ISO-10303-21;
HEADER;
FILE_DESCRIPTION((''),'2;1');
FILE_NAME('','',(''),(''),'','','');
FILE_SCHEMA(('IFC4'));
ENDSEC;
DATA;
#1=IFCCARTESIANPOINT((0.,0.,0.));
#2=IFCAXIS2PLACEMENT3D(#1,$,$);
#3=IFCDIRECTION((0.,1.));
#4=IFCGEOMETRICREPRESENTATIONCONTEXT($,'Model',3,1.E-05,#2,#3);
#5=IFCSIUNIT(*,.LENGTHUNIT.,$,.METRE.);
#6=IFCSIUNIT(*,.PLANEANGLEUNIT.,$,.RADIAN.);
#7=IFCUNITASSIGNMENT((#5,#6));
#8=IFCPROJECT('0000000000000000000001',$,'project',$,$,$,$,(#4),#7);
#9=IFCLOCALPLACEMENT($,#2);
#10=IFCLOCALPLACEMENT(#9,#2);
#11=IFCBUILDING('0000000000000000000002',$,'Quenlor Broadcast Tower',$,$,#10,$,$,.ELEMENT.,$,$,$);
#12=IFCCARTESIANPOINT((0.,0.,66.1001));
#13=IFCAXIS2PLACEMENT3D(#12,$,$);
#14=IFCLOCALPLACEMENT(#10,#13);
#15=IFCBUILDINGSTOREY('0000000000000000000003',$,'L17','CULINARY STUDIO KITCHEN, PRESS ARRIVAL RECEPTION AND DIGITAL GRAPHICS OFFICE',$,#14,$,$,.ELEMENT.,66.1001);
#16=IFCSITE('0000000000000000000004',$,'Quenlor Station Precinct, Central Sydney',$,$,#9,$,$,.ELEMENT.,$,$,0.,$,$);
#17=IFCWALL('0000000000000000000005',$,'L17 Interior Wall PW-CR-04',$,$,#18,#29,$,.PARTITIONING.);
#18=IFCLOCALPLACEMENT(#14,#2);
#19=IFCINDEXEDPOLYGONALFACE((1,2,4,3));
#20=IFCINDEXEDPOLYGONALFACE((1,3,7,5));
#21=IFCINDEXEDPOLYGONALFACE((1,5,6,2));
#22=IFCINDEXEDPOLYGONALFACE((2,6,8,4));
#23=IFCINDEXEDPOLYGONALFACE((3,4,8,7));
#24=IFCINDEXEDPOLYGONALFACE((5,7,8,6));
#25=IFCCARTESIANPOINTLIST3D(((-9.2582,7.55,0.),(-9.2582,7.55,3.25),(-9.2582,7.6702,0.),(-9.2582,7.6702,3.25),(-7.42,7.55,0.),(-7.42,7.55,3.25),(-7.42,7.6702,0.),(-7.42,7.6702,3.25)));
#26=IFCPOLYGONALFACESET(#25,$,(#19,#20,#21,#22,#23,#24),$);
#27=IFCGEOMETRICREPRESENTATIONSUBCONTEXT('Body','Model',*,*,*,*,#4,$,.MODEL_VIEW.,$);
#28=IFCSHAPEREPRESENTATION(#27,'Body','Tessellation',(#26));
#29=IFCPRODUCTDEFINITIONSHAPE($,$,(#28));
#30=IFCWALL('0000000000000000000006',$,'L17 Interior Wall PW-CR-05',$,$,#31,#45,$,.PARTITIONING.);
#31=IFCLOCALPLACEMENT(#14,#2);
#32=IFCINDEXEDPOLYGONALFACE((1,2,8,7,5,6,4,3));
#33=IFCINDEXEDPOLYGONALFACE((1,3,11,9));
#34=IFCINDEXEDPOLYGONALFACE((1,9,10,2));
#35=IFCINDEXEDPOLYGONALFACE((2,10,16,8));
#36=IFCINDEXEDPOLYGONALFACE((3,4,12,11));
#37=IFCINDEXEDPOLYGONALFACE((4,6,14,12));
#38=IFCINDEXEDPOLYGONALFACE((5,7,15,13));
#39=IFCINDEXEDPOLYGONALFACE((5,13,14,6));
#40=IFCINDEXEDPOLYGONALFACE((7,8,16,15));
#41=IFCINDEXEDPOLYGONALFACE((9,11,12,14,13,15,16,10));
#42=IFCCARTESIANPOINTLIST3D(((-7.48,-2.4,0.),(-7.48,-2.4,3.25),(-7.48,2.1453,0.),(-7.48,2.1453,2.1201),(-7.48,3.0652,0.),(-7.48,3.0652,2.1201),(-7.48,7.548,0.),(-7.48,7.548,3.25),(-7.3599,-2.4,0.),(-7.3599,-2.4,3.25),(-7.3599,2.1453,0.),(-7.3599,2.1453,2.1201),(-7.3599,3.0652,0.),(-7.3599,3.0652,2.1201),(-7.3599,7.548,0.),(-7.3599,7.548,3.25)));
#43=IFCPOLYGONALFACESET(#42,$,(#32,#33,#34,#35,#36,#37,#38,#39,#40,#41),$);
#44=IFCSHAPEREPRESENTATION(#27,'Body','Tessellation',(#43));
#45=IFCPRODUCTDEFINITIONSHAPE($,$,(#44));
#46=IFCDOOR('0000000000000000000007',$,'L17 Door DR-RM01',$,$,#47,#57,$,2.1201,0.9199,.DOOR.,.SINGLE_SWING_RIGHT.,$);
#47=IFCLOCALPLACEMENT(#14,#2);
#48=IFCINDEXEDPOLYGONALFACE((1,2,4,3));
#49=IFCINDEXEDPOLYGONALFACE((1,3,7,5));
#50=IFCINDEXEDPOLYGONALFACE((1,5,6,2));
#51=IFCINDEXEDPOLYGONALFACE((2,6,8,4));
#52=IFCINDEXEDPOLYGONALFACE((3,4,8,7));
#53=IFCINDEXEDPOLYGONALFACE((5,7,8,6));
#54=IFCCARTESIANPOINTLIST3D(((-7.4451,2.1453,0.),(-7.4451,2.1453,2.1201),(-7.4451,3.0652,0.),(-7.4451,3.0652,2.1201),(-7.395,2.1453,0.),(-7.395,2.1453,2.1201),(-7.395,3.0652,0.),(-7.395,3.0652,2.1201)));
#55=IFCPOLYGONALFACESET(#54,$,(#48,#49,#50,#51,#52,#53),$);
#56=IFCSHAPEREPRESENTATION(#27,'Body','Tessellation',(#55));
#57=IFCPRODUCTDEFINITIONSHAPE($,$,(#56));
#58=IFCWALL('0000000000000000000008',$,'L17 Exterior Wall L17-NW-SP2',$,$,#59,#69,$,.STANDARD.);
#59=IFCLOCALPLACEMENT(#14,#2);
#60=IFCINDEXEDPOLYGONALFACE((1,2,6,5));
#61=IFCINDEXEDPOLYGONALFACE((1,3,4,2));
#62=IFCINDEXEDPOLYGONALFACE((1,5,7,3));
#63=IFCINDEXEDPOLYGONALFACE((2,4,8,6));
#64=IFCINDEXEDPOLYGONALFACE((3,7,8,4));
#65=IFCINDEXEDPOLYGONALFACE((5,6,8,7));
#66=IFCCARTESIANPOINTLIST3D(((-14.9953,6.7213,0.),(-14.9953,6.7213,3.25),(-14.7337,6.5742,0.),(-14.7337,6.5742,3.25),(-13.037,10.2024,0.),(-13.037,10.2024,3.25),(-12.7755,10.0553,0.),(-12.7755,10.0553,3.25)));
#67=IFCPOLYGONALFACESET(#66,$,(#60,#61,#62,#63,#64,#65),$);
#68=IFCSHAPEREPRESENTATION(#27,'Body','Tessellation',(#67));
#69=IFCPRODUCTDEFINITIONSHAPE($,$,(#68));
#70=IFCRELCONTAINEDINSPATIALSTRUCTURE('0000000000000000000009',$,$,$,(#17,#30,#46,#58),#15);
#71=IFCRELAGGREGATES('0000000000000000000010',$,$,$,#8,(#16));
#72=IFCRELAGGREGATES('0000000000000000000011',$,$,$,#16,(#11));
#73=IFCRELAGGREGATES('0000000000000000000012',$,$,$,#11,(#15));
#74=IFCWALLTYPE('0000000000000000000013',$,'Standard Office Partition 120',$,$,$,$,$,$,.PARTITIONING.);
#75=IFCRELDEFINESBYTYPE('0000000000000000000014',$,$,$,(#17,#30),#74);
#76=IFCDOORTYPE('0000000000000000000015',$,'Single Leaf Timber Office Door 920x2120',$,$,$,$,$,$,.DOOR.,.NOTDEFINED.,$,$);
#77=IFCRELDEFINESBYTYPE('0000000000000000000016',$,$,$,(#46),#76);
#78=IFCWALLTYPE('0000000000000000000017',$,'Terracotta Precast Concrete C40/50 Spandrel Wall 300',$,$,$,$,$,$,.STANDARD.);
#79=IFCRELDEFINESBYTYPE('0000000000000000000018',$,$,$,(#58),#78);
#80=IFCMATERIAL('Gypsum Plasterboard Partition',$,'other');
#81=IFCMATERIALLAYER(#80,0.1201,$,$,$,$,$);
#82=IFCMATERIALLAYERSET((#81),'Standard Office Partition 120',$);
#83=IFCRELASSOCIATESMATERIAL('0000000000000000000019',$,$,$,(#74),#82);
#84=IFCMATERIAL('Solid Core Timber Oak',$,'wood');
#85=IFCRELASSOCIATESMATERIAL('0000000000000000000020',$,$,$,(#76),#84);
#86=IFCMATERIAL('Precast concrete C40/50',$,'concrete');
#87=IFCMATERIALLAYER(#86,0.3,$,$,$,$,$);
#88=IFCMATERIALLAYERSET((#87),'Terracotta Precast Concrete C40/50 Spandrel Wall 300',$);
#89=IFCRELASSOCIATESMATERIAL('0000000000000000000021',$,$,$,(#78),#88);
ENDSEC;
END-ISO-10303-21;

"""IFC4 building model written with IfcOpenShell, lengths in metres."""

from ifc_helpers import new_model, si_unit, direction, frame, frame_2d, origin, place, context, subcontext, project, spatial, rectangle, extrude, material, layer, layer_set, type_object, element, fill, save


model = new_model("IFC4")

# Units and contexts
model_context = context("Model", 3, precision=1e-05, world=origin(), true_north=direction((0.0, 1.0)))
body_context = subcontext(model_context, "Body", "Model", "MODEL_VIEW")
ifc_project = project(units=[si_unit("LENGTHUNIT", "METRE"), si_unit("PLANEANGLEUNIT", "RADIAN")], contexts=[model_context])

# Site, building, storey
site_placement = place(None, origin())
site = spatial("IfcSite", under=ifc_project, at=site_placement, Name="Quenlor Station Precinct, Central Sydney", CompositionType="ELEMENT", RefElevation=0.0)
building_placement = place(site_placement, origin())
building = spatial("IfcBuilding", under=site, at=building_placement, Name="Quenlor Broadcast Tower", CompositionType="ELEMENT")
storey_placement = place(building_placement, frame((0.0, 0.0, 66.1001)))
storey = spatial("IfcBuildingStorey", under=building, at=storey_placement, Name="L17", Description="CULINARY STUDIO KITCHEN, PRESS ARRIVAL RECEPTION AND DIGITAL GRAPHICS OFFICE", CompositionType="ELEMENT", Elevation=66.1001)

# Wall
ifc_material_1 = material(Name="Gypsum Plasterboard Partition", Category="other")
ifc_layer_1 = layer(ifc_material_1, 0.1201)
ifc_layer_set_1 = layer_set([ifc_layer_1], Name="Standard Office Partition 120")
wall_type_1 = type_object("IfcWallType", Name="Standard Office Partition 120", PredefinedType="PARTITIONING", material=ifc_layer_set_1)
wall_1_placement = place(storey_placement, frame((-9.2581, 7.6101, 0.0), z_axis=(0.0, 0.0, 1.0), x_axis=(1.0, 0.0, 0.0)))
element("IfcWall", 1, at=wall_1_placement, inside=storey, type_object=wall_type_1, Name="L17 Interior Wall PW-CR-04", PredefinedType="PARTITIONING", context=body_context, shape_type="SweptSolid", body=[
    extrude(rectangle(XDim=1.8381, YDim=0.1201, at=frame_2d((0.9189, 0.0))), origin(), (0.0, 0.0, 1.0), 3.25),
])

# Wall, opening, door
wall_2_placement = place(storey_placement, frame((-7.4199, 7.5481, 0.0), z_axis=(0.0, 0.0, 1.0), x_axis=(0.0, -1.0, 0.0)))
wall_2 = element("IfcWall", 2, at=wall_2_placement, inside=storey, type_object=wall_type_1, Name="L17 Interior Wall PW-CR-05", PredefinedType="PARTITIONING", context=body_context, shape_type="SweptSolid", body=[
    extrude(rectangle(XDim=9.948, YDim=0.1201, at=frame_2d((4.9741, 0.0))), origin(), (0.0, 0.0, 1.0), 3.25),
])
opening_placement = place(wall_2_placement, frame((4.4829, 0.0, 0.0)))
opening = element("IfcOpeningElement", 3, at=opening_placement, cuts=wall_2, PredefinedType="OPENING", context=body_context, shape_type="SweptSolid", body=[
    extrude(rectangle(XDim=0.9199, YDim=2.1201, at=frame_2d((0.46, 1.0601))), frame((0.0, 0.0701, 0.0), z_axis=(0.0, -1.0, 0.0), x_axis=(1.0, 0.0, 0.0)), (0.0, 0.0, 1.0), 0.1401),
])
ifc_material_2 = material(Name="Solid Core Timber Oak", Category="wood")
door_type = type_object("IfcDoorType", Name="Single Leaf Timber Office Door 920x2120", OperationType="NOTDEFINED", PredefinedType="DOOR", material=ifc_material_2)
door_placement = place(opening_placement, origin())
door = element("IfcDoor", 4, at=door_placement, inside=storey, type_object=door_type, Name="L17 Door DR-RM01", OperationType="SINGLE_SWING_RIGHT", OverallHeight=2.1201, OverallWidth=0.9199, PredefinedType="DOOR", context=body_context, shape_type="SweptSolid", body=[
    extrude(rectangle(XDim=0.9199, YDim=2.1201, at=frame_2d((0.46, 1.0601))), frame((0.0, 0.0249, 0.0), z_axis=(0.0, -1.0, 0.0), x_axis=(1.0, 0.0, 0.0)), (0.0, 0.0, 1.0), 0.05),
])
fill(opening, door)

# Wall
ifc_material_3 = material(Name="Precast concrete C40/50", Category="concrete")
ifc_layer_2 = layer(ifc_material_3, 0.3)
ifc_layer_set_2 = layer_set([ifc_layer_2], Name="Terracotta Precast Concrete C40/50 Spandrel Wall 300")
wall_type_2 = type_object("IfcWallType", Name="Terracotta Precast Concrete C40/50 Spandrel Wall 300", PredefinedType="STANDARD", material=ifc_layer_set_2)
wall_3_placement = place(storey_placement, frame((-14.8645, 6.6477, 0.0), z_axis=(0.0, 0.0, 1.0), x_axis=(0.490276, 0.871567, 0.0)))
element("IfcWall", 5, at=wall_3_placement, inside=storey, type_object=wall_type_2, Name="L17 Exterior Wall L17-NW-SP2", PredefinedType="STANDARD", context=body_context, shape_type="SweptSolid", body=[
    extrude(rectangle(XDim=3.9941, YDim=0.3, at=frame_2d((1.9971, 0.0))), origin(), (0.0, 0.0, 1.0), 3.25),
])

save(model, "model.ifc")
